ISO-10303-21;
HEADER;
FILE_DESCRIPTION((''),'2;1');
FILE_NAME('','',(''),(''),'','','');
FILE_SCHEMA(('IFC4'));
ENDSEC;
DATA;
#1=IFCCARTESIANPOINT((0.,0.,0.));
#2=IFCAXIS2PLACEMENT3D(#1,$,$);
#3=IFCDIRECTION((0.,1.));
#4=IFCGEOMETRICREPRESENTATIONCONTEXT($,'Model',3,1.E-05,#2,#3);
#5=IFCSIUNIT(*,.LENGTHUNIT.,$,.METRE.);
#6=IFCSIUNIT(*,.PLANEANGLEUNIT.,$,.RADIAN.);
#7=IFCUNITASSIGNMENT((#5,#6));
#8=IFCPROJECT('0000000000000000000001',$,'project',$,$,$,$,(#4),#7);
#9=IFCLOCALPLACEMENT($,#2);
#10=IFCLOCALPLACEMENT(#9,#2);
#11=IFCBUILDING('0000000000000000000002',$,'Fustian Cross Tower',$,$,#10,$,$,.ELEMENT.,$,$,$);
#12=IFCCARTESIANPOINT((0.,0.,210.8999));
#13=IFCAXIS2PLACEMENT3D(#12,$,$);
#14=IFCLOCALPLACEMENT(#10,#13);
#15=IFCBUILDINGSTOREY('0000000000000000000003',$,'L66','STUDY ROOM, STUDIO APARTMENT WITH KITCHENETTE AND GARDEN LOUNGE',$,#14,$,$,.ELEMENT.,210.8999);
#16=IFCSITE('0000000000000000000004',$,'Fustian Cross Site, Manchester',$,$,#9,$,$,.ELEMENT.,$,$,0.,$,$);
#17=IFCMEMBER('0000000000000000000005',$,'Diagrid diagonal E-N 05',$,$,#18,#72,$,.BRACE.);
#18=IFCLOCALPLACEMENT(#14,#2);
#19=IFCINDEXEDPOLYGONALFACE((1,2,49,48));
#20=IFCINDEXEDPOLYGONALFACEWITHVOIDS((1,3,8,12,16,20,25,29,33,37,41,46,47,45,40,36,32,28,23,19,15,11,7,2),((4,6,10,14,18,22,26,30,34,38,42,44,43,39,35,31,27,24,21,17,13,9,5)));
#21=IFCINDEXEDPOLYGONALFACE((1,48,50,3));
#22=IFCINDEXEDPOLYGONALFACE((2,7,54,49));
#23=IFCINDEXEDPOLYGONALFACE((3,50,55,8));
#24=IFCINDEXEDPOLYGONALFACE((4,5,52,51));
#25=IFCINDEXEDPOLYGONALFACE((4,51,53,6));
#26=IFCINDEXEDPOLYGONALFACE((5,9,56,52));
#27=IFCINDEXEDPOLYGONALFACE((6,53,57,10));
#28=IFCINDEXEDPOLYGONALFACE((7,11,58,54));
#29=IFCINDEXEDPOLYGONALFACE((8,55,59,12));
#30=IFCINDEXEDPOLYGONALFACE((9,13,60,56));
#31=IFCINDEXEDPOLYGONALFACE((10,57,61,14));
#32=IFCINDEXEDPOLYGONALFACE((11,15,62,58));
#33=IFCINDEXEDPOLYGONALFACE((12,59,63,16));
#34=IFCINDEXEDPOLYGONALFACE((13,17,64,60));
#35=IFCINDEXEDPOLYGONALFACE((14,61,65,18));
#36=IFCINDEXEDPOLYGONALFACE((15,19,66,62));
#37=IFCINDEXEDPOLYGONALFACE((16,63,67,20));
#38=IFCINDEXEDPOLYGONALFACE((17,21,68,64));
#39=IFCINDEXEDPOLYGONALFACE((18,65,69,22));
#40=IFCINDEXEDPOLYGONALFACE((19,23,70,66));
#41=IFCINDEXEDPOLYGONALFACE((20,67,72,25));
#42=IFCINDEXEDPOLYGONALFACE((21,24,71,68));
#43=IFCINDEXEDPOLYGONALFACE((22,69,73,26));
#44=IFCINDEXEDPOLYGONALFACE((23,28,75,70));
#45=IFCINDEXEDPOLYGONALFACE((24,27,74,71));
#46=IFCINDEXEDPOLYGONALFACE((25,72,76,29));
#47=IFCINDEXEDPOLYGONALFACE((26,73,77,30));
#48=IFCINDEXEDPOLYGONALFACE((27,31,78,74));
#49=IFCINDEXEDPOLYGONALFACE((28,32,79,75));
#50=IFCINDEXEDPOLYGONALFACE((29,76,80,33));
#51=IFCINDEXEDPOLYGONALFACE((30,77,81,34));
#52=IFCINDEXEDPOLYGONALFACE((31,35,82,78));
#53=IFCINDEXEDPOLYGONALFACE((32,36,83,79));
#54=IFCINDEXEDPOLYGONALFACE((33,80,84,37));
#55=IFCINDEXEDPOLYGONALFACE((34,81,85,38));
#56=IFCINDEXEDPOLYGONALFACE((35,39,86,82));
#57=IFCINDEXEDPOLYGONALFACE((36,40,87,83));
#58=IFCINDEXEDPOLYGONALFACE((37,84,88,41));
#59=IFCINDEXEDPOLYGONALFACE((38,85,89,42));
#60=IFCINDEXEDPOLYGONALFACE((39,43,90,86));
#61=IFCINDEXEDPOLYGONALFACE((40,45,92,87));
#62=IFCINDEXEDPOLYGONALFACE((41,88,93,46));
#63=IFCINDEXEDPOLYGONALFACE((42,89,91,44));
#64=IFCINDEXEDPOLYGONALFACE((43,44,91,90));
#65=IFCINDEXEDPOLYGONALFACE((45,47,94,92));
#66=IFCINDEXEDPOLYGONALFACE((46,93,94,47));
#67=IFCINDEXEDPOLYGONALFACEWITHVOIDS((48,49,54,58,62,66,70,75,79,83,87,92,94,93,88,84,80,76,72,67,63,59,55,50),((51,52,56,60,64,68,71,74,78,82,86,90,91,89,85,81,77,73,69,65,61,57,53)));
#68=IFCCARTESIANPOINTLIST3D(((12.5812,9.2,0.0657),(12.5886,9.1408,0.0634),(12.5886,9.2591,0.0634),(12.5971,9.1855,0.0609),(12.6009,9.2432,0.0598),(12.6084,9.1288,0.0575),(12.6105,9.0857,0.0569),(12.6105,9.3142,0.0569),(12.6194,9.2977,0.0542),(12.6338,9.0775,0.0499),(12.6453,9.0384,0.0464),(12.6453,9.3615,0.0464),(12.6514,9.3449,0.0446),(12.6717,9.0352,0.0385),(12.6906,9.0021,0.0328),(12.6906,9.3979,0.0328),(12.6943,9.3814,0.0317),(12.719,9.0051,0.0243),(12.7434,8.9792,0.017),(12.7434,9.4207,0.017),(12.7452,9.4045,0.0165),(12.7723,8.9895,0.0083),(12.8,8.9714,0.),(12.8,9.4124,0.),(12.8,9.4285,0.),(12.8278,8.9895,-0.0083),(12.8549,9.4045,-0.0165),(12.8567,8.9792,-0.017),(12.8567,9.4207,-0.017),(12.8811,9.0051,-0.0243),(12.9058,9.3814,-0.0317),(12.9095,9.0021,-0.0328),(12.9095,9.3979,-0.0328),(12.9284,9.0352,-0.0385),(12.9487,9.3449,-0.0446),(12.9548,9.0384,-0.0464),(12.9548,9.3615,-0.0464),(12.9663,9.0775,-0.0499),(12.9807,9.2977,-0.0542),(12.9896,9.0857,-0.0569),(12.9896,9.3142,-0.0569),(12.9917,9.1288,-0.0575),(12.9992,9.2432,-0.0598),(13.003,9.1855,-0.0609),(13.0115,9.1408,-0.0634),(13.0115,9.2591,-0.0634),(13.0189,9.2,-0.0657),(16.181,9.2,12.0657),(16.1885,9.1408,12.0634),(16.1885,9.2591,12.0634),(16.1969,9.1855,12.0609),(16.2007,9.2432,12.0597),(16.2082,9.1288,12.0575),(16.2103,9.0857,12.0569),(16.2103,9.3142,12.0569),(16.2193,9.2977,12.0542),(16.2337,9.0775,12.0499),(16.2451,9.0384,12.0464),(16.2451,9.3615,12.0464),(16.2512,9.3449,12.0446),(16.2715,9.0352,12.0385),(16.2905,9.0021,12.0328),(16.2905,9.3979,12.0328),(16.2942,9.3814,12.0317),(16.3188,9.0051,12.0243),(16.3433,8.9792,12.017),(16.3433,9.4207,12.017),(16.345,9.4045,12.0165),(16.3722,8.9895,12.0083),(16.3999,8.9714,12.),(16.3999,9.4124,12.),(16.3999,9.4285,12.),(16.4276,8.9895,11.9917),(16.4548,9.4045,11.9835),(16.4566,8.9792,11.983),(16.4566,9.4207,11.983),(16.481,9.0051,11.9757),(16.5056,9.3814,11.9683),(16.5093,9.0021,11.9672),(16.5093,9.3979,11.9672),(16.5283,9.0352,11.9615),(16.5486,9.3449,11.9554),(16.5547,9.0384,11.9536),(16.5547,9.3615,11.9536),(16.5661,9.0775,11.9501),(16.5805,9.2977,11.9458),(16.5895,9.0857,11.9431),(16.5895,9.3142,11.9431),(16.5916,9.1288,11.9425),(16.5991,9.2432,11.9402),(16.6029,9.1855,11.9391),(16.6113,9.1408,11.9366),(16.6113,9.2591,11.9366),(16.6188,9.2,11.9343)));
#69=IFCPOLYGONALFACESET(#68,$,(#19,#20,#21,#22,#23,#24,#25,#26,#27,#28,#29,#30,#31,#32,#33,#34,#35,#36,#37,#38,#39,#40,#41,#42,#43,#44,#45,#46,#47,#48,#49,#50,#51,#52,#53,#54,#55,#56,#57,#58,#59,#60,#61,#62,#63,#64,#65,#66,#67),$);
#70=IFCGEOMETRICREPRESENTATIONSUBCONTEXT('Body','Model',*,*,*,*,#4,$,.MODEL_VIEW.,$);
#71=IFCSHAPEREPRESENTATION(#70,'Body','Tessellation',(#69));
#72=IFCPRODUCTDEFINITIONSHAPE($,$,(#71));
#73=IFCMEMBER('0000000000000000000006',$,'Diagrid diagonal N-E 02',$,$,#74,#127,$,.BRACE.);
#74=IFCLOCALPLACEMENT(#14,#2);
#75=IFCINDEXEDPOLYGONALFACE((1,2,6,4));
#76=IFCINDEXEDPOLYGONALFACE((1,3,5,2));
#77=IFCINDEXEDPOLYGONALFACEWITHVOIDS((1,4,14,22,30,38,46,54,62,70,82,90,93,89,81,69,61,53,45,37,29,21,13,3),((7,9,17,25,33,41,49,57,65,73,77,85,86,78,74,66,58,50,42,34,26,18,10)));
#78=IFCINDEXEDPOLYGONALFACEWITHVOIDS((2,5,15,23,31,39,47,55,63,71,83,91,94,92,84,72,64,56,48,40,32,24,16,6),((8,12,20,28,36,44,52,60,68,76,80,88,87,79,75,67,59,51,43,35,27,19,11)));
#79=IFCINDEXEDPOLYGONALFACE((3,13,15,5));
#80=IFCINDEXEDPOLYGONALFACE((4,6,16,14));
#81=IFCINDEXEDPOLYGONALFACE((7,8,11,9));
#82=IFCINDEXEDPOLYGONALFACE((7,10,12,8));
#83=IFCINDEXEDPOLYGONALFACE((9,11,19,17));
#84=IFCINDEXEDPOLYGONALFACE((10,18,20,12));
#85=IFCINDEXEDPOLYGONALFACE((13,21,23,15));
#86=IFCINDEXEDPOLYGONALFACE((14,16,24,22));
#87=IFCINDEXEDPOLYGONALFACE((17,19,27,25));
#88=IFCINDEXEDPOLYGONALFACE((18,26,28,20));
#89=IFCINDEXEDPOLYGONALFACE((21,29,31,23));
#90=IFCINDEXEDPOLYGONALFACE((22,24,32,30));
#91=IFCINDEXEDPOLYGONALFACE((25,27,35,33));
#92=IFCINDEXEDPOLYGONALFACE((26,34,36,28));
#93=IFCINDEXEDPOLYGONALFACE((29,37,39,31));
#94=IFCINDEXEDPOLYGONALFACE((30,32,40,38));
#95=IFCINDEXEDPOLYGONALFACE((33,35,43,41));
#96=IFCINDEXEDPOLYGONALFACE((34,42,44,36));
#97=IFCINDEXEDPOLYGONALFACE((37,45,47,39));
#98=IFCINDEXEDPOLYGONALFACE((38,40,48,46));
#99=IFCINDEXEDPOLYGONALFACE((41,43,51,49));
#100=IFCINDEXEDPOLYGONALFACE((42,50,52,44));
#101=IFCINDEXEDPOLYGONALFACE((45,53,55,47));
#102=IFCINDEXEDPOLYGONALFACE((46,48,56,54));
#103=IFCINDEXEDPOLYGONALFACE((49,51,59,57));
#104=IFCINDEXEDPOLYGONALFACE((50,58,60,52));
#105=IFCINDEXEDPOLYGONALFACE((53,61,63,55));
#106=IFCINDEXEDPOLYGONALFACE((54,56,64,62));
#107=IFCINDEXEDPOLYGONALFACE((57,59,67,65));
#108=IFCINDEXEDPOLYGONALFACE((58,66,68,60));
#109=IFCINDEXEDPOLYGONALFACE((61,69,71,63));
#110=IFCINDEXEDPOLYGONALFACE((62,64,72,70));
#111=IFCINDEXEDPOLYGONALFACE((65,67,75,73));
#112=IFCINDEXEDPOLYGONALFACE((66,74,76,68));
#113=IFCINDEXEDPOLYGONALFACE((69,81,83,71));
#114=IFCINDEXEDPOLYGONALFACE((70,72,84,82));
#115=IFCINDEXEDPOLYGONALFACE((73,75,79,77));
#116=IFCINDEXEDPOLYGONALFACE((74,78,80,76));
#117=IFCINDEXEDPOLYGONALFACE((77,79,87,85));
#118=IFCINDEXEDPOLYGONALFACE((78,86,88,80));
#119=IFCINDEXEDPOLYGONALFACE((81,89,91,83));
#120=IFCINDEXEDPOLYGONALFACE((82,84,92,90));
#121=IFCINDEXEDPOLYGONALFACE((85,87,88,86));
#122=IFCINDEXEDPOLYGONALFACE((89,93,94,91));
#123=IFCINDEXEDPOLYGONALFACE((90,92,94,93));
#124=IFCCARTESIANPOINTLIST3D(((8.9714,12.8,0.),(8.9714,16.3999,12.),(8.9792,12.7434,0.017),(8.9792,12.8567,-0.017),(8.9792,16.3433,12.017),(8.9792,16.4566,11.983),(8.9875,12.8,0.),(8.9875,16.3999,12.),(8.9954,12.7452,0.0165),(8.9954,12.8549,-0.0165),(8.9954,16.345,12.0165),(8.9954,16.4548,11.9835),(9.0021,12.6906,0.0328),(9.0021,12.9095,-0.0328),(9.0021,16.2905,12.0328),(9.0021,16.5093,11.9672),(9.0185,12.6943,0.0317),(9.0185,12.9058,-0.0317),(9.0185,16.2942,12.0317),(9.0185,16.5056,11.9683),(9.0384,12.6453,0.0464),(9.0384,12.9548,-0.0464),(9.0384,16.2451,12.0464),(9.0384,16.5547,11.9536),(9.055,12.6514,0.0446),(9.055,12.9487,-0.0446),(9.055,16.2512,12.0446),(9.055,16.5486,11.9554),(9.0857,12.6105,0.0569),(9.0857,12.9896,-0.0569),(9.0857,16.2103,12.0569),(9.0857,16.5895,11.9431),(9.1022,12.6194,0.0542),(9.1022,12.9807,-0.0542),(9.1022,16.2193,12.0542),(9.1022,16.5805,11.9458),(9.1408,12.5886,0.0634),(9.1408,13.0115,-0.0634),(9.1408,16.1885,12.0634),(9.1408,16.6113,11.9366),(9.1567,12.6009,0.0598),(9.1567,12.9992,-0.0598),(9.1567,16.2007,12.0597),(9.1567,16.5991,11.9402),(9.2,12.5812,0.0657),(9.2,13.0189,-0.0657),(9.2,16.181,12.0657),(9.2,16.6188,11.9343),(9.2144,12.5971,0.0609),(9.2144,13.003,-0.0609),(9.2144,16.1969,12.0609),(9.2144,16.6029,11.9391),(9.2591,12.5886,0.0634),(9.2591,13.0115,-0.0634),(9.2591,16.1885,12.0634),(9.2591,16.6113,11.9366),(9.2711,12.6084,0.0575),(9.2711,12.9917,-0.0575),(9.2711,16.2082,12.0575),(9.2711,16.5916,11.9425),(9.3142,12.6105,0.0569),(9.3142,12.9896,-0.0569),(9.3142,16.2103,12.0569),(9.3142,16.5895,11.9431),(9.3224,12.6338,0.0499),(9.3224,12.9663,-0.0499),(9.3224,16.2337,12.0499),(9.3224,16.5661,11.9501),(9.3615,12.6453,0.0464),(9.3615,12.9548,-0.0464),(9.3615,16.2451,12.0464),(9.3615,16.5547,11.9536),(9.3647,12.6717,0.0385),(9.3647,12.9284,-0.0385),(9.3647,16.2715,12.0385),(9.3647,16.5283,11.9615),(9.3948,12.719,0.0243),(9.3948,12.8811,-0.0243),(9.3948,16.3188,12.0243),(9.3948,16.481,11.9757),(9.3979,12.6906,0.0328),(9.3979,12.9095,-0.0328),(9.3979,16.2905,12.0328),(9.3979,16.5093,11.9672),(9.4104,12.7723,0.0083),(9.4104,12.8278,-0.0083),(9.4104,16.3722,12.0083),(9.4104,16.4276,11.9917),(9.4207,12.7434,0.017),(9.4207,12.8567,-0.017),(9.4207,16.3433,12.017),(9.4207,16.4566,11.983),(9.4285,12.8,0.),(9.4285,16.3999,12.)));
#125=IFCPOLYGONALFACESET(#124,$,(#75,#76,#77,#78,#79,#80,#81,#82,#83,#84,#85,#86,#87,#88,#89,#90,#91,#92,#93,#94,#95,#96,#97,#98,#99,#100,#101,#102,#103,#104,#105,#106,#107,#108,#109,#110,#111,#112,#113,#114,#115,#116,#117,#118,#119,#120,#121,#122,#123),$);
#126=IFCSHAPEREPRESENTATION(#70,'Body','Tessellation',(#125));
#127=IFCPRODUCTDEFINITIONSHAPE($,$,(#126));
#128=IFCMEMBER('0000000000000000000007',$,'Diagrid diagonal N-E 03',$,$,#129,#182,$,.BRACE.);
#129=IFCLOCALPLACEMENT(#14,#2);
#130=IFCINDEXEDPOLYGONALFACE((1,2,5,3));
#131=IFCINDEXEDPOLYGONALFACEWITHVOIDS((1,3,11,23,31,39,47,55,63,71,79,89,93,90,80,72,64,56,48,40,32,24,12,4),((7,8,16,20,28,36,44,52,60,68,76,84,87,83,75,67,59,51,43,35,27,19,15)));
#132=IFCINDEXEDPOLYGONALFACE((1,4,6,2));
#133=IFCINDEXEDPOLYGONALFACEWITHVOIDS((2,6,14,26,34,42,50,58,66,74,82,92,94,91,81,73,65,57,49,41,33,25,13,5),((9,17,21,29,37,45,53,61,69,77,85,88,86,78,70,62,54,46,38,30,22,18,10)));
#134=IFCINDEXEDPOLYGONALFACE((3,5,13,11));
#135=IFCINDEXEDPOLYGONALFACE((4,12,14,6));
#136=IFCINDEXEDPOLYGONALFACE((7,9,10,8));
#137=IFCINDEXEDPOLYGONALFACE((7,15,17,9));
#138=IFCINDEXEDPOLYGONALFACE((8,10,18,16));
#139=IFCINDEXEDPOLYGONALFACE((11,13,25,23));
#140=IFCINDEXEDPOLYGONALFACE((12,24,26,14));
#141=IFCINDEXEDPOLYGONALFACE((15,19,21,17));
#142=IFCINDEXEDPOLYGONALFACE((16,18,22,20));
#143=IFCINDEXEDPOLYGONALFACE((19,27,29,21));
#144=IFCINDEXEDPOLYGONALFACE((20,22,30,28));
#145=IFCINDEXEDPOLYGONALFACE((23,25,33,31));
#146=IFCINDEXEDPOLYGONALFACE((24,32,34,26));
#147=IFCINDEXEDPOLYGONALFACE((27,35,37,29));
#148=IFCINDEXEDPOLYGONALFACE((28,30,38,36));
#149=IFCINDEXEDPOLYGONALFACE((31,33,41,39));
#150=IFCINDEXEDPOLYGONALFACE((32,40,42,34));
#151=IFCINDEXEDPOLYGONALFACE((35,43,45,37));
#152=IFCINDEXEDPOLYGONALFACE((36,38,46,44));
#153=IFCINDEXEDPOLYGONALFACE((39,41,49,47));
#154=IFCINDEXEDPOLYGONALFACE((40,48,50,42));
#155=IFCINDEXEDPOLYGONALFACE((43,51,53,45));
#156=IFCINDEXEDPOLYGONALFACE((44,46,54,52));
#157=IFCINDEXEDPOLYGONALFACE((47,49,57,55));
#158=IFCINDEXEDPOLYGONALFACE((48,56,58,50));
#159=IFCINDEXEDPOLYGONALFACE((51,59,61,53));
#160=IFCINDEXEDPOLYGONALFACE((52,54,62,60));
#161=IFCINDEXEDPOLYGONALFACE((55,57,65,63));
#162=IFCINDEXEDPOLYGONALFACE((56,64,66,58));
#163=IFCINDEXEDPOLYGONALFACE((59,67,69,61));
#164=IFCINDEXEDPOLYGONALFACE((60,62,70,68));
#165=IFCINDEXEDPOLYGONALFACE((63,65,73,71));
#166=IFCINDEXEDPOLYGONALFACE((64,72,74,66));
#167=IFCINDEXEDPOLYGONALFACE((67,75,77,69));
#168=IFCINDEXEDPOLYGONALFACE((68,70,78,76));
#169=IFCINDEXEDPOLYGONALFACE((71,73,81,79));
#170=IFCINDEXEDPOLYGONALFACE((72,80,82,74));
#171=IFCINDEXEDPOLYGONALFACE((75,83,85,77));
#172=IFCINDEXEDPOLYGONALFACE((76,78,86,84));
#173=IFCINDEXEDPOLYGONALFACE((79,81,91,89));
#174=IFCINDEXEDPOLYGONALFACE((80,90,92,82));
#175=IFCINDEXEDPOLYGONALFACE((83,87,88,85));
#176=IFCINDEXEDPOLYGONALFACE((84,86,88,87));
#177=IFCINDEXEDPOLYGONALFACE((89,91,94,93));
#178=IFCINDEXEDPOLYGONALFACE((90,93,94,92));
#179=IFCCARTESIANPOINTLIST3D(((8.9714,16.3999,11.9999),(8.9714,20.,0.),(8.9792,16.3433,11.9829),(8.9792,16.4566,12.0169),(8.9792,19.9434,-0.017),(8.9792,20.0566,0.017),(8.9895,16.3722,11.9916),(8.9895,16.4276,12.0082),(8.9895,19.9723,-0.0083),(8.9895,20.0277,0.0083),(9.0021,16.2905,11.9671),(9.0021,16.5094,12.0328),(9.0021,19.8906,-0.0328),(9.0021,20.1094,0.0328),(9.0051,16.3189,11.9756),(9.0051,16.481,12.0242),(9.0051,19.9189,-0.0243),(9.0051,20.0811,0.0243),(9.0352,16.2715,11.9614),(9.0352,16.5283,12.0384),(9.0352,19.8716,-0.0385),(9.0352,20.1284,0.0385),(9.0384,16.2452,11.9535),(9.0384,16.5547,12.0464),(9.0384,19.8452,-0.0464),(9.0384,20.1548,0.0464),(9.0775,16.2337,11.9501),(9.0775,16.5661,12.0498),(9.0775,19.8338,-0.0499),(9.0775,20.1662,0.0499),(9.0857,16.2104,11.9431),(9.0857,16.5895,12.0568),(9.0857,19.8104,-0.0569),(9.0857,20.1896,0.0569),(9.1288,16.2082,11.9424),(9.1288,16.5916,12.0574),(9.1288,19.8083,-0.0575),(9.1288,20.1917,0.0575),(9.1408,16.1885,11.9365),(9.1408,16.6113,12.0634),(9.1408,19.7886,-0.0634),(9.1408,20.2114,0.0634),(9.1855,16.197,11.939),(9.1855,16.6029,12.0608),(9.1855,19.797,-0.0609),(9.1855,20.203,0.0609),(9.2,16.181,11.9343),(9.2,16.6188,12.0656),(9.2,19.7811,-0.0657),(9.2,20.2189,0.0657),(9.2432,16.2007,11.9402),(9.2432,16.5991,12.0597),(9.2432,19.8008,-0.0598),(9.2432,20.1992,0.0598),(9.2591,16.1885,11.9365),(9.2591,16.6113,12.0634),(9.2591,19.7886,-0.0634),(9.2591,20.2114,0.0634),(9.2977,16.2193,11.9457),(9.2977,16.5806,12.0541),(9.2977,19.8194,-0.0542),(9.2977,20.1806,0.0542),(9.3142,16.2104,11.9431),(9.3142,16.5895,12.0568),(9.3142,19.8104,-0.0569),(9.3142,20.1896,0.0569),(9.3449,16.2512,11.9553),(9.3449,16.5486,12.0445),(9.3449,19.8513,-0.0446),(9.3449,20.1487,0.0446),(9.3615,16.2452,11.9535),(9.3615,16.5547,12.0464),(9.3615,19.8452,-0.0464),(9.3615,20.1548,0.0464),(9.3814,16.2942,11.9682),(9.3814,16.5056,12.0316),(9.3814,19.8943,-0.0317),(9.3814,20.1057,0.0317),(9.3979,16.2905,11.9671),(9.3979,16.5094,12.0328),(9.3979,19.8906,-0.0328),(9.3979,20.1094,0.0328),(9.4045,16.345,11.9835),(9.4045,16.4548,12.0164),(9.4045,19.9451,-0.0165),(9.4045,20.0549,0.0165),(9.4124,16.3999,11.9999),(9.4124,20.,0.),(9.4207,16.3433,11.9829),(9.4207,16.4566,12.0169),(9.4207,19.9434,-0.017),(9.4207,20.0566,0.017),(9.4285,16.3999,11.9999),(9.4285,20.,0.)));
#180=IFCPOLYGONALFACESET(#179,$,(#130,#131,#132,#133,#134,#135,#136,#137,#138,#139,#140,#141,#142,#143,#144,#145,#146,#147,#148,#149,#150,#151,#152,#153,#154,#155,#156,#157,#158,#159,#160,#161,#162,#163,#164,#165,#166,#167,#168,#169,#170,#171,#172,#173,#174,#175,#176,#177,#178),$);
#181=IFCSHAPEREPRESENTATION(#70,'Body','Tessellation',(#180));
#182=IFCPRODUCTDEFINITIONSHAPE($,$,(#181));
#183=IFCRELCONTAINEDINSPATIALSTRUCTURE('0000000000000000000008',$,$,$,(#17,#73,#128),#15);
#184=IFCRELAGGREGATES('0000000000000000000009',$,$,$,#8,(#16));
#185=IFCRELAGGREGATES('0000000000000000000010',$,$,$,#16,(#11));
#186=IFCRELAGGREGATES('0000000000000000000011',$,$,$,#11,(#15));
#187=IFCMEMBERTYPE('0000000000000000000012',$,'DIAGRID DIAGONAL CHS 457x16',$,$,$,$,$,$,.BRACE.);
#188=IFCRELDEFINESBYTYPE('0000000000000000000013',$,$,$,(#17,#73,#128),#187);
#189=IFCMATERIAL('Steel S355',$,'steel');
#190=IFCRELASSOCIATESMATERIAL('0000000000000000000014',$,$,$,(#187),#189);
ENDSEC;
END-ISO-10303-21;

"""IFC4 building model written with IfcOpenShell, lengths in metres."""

from ifc_helpers import new_model, si_unit, direction, frame, origin, origin_2d, place, context, subcontext, project, spatial, hollow_circle, extrude, material, material_profile, profile_set, type_object, element, save


model = new_model("IFC4")

# Units and contexts
model_context = context("Model", 3, precision=1e-05, world=origin(), true_north=direction((0.0, 1.0)))
body_context = subcontext(model_context, "Body", "Model", "MODEL_VIEW")
ifc_project = project(units=[si_unit("LENGTHUNIT", "METRE"), si_unit("PLANEANGLEUNIT", "RADIAN")], contexts=[model_context])

# Site, building, storey
site_placement = place(None, origin())
site = spatial("IfcSite", under=ifc_project, at=site_placement, Name="Fustian Cross Site, Manchester", CompositionType="ELEMENT", RefElevation=0.0)
building_placement = place(site_placement, origin())
building = spatial("IfcBuilding", under=site, at=building_placement, Name="Fustian Cross Tower", CompositionType="ELEMENT")
storey_placement = place(building_placement, frame((0.0, 0.0, 210.8999)))
storey = spatial("IfcBuildingStorey", under=building, at=storey_placement, Name="L66", Description="STUDY ROOM, STUDIO APARTMENT WITH KITCHENETTE AND GARDEN LOUNGE", CompositionType="ELEMENT", Elevation=210.8999)

# Members
ifc_material_1 = material(Name="Steel S355", Category="steel")
ifc_material_profile_1 = material_profile(ifc_material_1, hollow_circle(Radius=0.2285, WallThickness=0.0161, at=origin_2d()), Name="CHS 457x16")
ifc_profile_set_1 = profile_set([ifc_material_profile_1], Name="Steel S355")
member_type_1 = type_object("IfcMemberType", Name="DIAGRID DIAGONAL CHS 457x16", PredefinedType="BRACE", material=ifc_profile_set_1)
for number, where, z_axis, x_axis, name in (
    (1, (12.8, 9.2, 0.0), (0.287337, 0.0, 0.95783), (0.0, 1.0, 0.0), "Diagrid diagonal E-N 05"),
    (2, (9.2, 12.8, 0.0), (0.0, 0.287337, 0.95783), (-1.0, 0.0, 0.0), "Diagrid diagonal N-E 02"),
    (3, (9.2, 20.0, 0.0), (0.0, -0.287355, 0.957824), (1.0, 0.0, 0.0), "Diagrid diagonal N-E 03"),
):
    element("IfcMember", number, at=place(storey_placement, frame(where, z_axis=z_axis, x_axis=x_axis)), inside=storey, type_object=member_type_1, Name=name, PredefinedType="BRACE", context=body_context, shape_type="SweptSolid", body=[
        extrude(hollow_circle(Radius=0.2285, WallThickness=0.0161, at=origin_2d()), origin(), (0.0, 0.0, 1.0), 12.5283),
    ])

save(model, "model.ifc")
